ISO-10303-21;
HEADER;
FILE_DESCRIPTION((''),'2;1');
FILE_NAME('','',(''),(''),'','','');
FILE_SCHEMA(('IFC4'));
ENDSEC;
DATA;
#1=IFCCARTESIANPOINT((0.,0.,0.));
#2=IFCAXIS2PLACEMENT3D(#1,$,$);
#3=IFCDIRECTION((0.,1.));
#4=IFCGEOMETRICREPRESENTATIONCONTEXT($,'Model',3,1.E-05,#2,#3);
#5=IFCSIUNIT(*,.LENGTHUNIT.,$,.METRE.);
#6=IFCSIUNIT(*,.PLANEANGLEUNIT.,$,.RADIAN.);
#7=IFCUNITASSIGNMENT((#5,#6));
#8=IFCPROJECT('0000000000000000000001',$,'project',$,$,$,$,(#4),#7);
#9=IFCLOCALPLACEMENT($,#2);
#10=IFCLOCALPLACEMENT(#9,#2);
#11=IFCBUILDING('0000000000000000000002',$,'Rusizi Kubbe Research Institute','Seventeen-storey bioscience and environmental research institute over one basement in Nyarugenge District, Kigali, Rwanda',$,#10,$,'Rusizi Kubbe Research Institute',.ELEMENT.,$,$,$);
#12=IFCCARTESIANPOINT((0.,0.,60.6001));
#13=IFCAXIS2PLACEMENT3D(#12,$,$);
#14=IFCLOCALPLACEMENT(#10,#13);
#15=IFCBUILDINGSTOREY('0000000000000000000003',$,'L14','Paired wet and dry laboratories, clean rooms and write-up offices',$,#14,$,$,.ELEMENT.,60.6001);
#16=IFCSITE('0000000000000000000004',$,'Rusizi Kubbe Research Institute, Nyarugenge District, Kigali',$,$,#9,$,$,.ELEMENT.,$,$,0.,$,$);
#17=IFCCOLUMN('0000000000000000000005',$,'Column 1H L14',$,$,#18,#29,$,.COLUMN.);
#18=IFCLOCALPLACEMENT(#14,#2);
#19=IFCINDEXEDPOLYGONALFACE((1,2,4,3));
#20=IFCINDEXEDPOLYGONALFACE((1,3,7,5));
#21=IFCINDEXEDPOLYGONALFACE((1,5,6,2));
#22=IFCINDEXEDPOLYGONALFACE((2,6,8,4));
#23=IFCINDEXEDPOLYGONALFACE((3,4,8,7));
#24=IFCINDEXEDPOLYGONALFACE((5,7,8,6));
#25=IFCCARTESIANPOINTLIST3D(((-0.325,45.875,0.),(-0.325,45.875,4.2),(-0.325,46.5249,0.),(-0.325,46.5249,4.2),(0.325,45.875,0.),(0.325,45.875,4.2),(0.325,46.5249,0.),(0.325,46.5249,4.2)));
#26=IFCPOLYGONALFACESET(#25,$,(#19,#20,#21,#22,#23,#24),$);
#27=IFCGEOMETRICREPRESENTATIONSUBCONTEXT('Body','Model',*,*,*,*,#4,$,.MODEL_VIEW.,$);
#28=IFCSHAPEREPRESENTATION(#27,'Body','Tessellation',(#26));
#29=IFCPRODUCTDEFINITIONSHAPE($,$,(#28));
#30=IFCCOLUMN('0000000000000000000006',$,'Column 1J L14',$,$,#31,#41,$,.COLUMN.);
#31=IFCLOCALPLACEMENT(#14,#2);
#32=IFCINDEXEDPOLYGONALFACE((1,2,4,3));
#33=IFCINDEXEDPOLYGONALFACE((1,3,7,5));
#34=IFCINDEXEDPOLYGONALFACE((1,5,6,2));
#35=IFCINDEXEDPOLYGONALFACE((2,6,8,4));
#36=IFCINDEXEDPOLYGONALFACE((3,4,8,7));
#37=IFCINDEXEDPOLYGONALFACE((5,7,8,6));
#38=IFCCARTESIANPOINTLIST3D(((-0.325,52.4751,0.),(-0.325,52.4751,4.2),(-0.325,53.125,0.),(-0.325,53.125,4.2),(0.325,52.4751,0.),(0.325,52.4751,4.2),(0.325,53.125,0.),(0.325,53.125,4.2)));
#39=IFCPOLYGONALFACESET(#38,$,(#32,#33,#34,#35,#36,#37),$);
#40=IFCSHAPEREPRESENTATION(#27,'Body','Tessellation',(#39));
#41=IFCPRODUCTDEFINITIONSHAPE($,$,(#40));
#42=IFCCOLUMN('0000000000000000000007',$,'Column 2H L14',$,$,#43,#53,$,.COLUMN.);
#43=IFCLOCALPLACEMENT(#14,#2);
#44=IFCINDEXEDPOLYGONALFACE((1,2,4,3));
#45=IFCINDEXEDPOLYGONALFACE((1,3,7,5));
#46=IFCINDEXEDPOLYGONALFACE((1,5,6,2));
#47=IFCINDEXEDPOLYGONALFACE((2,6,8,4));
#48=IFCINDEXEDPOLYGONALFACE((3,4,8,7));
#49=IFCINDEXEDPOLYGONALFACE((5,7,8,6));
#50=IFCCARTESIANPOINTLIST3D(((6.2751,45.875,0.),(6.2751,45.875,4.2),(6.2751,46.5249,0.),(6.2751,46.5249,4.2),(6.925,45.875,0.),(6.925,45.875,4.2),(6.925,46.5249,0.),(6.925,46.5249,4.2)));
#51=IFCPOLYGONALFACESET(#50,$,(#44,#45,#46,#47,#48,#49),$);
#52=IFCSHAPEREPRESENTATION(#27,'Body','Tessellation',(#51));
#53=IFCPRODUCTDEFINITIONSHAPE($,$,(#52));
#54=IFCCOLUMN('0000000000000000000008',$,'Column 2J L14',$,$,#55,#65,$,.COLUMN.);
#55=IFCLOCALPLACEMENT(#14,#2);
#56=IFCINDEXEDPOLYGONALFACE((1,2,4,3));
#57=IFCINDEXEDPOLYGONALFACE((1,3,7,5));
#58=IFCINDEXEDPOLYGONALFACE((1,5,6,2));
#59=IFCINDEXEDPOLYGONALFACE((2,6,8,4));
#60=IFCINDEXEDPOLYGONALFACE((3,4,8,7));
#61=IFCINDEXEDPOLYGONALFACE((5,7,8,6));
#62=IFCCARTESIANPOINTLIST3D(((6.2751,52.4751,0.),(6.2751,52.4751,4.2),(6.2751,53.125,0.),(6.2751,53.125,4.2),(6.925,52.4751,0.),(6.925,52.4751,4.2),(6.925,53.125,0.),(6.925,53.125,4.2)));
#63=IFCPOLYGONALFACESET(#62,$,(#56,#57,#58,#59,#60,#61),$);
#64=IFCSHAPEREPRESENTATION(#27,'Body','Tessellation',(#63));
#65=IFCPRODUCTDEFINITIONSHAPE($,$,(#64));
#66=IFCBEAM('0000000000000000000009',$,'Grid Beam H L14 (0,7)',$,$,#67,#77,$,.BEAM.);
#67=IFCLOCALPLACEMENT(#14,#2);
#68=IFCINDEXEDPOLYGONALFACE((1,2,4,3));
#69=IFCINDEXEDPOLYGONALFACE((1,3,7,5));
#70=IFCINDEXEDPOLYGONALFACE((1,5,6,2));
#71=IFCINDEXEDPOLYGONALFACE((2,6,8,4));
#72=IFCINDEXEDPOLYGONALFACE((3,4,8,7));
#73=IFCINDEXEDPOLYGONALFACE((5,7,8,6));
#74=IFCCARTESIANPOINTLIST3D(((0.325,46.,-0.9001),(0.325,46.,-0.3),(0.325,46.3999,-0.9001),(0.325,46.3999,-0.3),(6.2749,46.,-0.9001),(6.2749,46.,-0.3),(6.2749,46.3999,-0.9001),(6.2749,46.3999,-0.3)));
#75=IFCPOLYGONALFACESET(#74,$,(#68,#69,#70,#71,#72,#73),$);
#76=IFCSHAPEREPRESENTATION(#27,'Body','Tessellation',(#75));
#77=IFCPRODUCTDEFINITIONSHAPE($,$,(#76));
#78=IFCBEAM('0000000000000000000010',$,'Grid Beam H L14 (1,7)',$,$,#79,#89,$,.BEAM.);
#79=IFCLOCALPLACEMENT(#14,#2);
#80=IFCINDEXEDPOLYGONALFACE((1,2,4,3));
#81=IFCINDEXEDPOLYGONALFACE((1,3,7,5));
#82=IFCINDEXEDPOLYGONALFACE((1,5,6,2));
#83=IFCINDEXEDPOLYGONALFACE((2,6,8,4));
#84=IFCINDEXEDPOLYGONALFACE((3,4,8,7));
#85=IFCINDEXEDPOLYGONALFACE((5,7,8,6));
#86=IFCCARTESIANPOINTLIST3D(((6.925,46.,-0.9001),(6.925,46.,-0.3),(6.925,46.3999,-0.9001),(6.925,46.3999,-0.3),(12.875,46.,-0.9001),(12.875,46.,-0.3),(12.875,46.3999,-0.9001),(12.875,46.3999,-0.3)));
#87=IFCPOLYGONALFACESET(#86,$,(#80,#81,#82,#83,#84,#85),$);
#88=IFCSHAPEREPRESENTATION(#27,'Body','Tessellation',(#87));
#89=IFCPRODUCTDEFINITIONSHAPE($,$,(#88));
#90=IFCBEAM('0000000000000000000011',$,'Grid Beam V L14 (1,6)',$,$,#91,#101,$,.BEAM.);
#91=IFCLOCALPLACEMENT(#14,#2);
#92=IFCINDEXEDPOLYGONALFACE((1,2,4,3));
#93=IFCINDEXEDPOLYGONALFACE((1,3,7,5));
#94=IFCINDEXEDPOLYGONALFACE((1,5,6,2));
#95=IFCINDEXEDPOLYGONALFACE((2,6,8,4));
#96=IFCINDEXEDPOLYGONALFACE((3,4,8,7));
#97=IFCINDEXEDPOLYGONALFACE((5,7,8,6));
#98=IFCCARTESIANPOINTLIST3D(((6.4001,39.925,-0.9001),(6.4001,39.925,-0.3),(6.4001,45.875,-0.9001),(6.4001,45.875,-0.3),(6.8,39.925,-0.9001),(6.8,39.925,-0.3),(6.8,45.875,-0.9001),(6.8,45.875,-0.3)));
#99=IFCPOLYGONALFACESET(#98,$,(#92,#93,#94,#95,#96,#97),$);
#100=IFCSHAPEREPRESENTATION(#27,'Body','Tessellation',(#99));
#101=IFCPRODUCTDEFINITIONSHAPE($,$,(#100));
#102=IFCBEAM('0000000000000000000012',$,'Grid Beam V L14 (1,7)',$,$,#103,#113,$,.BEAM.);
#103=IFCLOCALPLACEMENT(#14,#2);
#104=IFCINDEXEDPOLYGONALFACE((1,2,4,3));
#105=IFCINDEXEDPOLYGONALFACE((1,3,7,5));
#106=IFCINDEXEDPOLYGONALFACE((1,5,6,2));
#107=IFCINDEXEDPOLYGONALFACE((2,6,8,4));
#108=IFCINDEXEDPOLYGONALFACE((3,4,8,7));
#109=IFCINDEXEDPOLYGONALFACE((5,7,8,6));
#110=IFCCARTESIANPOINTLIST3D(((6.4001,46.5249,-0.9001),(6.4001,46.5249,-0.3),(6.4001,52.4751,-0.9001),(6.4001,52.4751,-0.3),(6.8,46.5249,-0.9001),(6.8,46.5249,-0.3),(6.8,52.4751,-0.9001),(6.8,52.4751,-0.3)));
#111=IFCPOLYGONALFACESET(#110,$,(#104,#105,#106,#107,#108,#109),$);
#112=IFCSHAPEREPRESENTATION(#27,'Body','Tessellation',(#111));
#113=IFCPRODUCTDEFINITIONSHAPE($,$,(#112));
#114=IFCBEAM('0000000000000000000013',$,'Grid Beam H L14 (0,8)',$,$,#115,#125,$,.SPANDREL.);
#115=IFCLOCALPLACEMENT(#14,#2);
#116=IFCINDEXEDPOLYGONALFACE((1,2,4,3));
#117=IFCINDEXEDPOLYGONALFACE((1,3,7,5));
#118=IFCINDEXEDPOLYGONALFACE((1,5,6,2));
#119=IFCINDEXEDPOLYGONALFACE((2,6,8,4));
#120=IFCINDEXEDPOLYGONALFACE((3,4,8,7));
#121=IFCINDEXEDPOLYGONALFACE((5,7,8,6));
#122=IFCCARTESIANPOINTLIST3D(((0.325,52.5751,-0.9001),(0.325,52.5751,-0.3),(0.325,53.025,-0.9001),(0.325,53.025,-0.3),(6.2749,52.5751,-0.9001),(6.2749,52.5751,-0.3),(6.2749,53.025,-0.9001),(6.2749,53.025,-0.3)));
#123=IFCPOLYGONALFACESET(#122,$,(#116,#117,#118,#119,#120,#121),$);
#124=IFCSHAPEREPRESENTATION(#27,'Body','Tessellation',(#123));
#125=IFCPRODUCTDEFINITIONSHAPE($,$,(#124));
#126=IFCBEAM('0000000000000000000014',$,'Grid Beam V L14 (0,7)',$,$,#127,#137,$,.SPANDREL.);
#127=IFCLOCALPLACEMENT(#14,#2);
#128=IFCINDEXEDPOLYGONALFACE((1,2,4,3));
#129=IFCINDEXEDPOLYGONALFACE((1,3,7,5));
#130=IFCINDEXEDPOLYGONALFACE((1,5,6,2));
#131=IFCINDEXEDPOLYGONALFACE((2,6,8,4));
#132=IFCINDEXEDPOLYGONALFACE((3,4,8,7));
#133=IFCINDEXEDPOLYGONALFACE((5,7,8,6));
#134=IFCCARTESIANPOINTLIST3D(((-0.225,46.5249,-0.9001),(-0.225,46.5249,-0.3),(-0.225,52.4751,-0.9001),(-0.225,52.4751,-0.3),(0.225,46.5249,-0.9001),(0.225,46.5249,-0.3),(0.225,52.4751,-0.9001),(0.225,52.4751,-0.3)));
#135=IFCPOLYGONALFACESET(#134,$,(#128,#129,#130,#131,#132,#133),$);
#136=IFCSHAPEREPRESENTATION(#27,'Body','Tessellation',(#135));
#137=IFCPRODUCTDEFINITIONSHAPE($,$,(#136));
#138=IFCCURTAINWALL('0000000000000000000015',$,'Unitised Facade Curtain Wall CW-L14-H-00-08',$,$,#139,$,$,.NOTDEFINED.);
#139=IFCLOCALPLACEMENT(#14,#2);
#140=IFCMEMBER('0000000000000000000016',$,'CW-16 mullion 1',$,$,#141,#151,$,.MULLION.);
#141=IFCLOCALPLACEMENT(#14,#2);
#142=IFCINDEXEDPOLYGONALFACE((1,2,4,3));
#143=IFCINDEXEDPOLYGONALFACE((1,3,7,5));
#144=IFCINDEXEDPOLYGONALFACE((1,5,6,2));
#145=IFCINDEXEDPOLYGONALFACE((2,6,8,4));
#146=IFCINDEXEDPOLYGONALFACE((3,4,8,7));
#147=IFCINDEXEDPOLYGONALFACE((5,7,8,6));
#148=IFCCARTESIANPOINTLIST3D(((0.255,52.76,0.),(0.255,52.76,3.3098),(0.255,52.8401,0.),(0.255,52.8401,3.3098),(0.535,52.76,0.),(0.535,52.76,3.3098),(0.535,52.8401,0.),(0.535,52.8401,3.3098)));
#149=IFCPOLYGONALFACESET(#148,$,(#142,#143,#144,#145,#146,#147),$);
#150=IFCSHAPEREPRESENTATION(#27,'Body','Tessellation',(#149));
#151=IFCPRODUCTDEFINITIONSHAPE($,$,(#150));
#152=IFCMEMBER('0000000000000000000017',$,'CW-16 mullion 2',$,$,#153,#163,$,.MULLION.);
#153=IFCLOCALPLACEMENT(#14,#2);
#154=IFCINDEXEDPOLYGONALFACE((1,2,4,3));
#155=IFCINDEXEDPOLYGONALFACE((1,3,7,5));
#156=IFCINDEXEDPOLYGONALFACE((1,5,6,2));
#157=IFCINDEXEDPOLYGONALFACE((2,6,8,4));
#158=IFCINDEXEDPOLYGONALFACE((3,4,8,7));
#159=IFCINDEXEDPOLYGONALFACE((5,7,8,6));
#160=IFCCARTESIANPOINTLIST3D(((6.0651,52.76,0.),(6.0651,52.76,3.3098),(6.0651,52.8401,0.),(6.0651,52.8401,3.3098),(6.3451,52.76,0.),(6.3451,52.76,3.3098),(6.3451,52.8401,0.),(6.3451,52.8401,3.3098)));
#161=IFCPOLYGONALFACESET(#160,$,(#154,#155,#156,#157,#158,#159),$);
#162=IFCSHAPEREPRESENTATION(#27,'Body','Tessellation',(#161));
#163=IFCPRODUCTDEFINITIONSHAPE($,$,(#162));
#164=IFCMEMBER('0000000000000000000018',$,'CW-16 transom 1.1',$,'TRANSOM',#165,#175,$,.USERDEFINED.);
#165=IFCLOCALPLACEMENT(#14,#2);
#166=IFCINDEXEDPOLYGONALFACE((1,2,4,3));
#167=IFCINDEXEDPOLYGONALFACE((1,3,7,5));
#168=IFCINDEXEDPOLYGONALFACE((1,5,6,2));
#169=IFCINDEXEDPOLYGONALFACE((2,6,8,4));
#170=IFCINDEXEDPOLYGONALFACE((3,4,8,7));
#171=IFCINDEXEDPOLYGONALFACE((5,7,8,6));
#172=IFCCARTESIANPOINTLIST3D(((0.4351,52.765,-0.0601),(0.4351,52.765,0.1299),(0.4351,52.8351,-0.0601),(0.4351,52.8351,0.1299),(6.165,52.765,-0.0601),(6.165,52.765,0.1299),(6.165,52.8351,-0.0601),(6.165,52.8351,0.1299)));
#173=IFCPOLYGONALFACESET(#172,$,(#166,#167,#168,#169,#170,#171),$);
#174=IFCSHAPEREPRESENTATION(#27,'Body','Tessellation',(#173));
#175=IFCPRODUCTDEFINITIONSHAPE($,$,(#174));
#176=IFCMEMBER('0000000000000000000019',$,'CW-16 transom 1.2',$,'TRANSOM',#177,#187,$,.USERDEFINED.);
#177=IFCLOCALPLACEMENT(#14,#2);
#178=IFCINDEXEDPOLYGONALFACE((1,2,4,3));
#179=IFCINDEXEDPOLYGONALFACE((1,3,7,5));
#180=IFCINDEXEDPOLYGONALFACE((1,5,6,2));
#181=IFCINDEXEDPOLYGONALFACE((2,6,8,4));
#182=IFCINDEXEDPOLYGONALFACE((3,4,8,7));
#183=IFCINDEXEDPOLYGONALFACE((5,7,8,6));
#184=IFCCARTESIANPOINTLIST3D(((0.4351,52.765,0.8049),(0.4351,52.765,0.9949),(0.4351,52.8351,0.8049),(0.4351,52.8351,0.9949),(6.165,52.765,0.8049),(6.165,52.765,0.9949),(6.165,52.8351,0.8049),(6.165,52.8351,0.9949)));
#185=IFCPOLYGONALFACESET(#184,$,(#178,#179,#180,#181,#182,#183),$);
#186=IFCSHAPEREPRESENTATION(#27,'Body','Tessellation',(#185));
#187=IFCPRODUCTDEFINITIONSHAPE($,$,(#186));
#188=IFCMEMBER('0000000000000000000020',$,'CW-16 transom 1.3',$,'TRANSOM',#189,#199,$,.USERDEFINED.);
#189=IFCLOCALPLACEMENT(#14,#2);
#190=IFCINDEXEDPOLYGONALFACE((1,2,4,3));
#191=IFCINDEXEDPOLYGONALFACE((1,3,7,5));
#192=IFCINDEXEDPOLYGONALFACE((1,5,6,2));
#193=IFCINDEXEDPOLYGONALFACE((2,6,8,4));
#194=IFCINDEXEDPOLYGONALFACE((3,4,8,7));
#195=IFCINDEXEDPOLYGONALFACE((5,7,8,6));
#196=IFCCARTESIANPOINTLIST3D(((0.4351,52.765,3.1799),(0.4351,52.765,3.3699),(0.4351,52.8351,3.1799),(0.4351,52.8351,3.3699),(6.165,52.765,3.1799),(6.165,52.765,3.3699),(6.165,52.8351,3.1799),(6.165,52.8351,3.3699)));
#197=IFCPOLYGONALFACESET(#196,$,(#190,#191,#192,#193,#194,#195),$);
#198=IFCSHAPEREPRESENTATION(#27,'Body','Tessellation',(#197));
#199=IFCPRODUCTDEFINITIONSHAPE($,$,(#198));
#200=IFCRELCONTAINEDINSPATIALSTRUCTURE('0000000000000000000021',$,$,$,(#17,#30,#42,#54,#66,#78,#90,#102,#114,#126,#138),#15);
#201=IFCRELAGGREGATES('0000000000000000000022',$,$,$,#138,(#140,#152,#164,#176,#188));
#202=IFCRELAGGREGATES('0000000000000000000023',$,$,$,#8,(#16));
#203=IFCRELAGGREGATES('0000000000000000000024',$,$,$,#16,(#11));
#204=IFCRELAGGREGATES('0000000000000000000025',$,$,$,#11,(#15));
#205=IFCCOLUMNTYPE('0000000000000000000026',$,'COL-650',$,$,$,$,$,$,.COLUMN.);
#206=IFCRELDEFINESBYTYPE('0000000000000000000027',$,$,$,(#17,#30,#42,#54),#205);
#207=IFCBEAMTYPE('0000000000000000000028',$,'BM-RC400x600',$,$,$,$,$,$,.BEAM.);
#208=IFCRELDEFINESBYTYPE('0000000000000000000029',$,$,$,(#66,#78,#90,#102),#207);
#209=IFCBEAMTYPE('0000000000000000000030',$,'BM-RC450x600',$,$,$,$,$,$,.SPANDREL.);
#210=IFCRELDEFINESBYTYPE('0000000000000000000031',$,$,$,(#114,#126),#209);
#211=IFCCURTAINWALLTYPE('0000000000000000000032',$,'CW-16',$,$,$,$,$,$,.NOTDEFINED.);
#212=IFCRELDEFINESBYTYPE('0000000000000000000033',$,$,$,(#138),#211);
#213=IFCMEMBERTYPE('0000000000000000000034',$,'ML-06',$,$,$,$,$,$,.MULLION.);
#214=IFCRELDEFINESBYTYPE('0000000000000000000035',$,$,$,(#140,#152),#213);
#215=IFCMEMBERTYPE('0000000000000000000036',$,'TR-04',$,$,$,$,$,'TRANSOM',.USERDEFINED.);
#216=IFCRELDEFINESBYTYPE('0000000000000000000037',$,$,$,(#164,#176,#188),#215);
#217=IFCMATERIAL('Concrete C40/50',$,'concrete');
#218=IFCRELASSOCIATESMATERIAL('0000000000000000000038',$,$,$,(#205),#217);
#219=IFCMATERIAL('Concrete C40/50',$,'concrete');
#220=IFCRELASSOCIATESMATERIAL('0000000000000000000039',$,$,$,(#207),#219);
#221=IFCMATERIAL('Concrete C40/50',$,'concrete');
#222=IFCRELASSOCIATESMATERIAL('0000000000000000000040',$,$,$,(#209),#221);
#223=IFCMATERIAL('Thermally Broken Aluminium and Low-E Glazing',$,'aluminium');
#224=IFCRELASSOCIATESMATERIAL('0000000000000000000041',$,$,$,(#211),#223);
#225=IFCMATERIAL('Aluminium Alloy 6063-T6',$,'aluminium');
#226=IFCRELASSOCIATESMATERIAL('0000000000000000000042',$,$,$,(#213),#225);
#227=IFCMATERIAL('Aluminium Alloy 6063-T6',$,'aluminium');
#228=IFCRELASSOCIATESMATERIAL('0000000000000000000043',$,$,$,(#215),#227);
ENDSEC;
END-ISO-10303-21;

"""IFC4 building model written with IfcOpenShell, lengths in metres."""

from ifc_helpers import new_model, si_unit, direction, frame, origin, origin_2d, place, context, subcontext, project, spatial, rectangle, extrude, material, material_profile, profile_set, type_object, element, aggregate, save


model = new_model("IFC4")

# Units and contexts
model_context = context("Model", 3, precision=1e-05, world=origin(), true_north=direction((0.0, 1.0)))
body_context = subcontext(model_context, "Body", "Model", "MODEL_VIEW")
ifc_project = project(units=[si_unit("LENGTHUNIT", "METRE"), si_unit("PLANEANGLEUNIT", "RADIAN")], contexts=[model_context])

# Site, building, storey
site_placement = place(None, origin())
site = spatial("IfcSite", under=ifc_project, at=site_placement, Name="Rusizi Kubbe Research Institute, Nyarugenge District, Kigali", CompositionType="ELEMENT", RefElevation=0.0)
building_placement = place(site_placement, origin())
building = spatial("IfcBuilding", under=site, at=building_placement, Name="Rusizi Kubbe Research Institute", Description="Seventeen-storey bioscience and environmental research institute over one basement in Nyarugenge District, Kigali, Rwanda", LongName="Rusizi Kubbe Research Institute", CompositionType="ELEMENT")
storey_placement = place(building_placement, frame((0.0, 0.0, 60.6001)))
storey = spatial("IfcBuildingStorey", under=building, at=storey_placement, Name="L14", Description="Paired wet and dry laboratories, clean rooms and write-up offices", CompositionType="ELEMENT", Elevation=60.6001)

# Columns
ifc_material_1 = material(Name="Concrete C40/50", Category="concrete")
ifc_material_profile_1 = material_profile(ifc_material_1, rectangle(XDim=0.6499, YDim=0.6499, at=origin_2d()), Name="RC650x650")
ifc_profile_set_1 = profile_set([ifc_material_profile_1], Name="Concrete C40/50")
column_type = type_object("IfcColumnType", Name="COL-650", PredefinedType="COLUMN", material=ifc_profile_set_1)
for number, where, z_axis, x_axis, name in (
    (1, (0.0, 46.2, 0.0), (0.0, 0.0, 1.0), (1.0, 0.0, 0.0), "Column 1H L14"),
    (2, (0.0, 52.8, 0.0), (0.0, 0.0, 1.0), (1.0, 0.0, 0.0), "Column 1J L14"),
    (3, (6.6001, 46.2, 0.0), (0.0, 0.0, 1.0), (1.0, 0.0, 0.0), "Column 2H L14"),
    (4, (6.6001, 52.8, 0.0), (0.0, 0.0, 1.0), (1.0, 0.0, 0.0), "Column 2J L14"),
):
    element("IfcColumn", number, at=place(storey_placement, frame(where, z_axis=z_axis, x_axis=x_axis)), inside=storey, type_object=column_type, Name=name, PredefinedType="COLUMN", context=body_context, shape_type="SweptSolid", body=[
        extrude(rectangle(XDim=0.6499, YDim=0.6499, at=origin_2d()), origin(), (0.0, 0.0, 1.0), 4.2),
    ])

# Beams
ifc_material_2 = material(Name="Concrete C40/50", Category="concrete")
ifc_material_profile_2 = material_profile(ifc_material_2, rectangle(XDim=0.3999, YDim=0.6001, at=origin_2d()), Name="RC400x600")
ifc_profile_set_2 = profile_set([ifc_material_profile_2], Name="Concrete C40/50")
beam_type_1 = type_object("IfcBeamType", Name="BM-RC400x600", PredefinedType="BEAM", material=ifc_profile_set_2)
for number, where, z_axis, x_axis, name in (
    (5, (0.325, 46.2, -0.6001), (1.0, 0.0, 0.0), (0.0, 1.0, 0.0), "Grid Beam H L14 (0,7)"),
    (6, (6.925, 46.2, -0.6001), (1.0, 0.0, 0.0), (0.0, 1.0, 0.0), "Grid Beam H L14 (1,7)"),
    (7, (6.6001, 39.925, -0.6001), (0.0, 1.0, 0.0), (-1.0, 0.0, 0.0), "Grid Beam V L14 (1,6)"),
):
    element("IfcBeam", number, at=place(storey_placement, frame(where, z_axis=z_axis, x_axis=x_axis)), inside=storey, type_object=beam_type_1, Name=name, PredefinedType="BEAM", context=body_context, shape_type="SweptSolid", body=[
        extrude(rectangle(XDim=0.3999, YDim=0.6001, at=origin_2d()), origin(), (0.0, 0.0, 1.0), 5.95),
    ])
beam_1_placement = place(storey_placement, frame((6.6001, 46.5249, -0.6001), z_axis=(0.0, 1.0, 0.0), x_axis=(-1.0, 0.0, 0.0)))
element("IfcBeam", 8, at=beam_1_placement, inside=storey, type_object=beam_type_1, Name="Grid Beam V L14 (1,7)", PredefinedType="BEAM", context=body_context, shape_type="SweptSolid", body=[
    extrude(rectangle(XDim=0.3999, YDim=0.6001, at=origin_2d()), origin(), (0.0, 0.0, 1.0), 5.9502),
])
ifc_material_3 = material(Name="Concrete C40/50", Category="concrete")
ifc_material_profile_3 = material_profile(ifc_material_3, rectangle(XDim=0.45, YDim=0.6001, at=origin_2d()), Name="RC450x600")
ifc_profile_set_3 = profile_set([ifc_material_profile_3], Name="Concrete C40/50")
beam_type_2 = type_object("IfcBeamType", Name="BM-RC450x600", PredefinedType="SPANDREL", material=ifc_profile_set_3)
beam_2_placement = place(storey_placement, frame((0.325, 52.8, -0.6001), z_axis=(1.0, 0.0, 0.0), x_axis=(0.0, 1.0, 0.0)))
element("IfcBeam", 9, at=beam_2_placement, inside=storey, type_object=beam_type_2, Name="Grid Beam H L14 (0,8)", PredefinedType="SPANDREL", context=body_context, shape_type="SweptSolid", body=[
    extrude(rectangle(XDim=0.45, YDim=0.6001, at=origin_2d()), origin(), (0.0, 0.0, 1.0), 5.95),
])
beam_3_placement = place(storey_placement, frame((0.0, 46.5249, -0.6001), z_axis=(0.0, 1.0, 0.0), x_axis=(-1.0, 0.0, 0.0)))
element("IfcBeam", 10, at=beam_3_placement, inside=storey, type_object=beam_type_2, Name="Grid Beam V L14 (0,7)", PredefinedType="SPANDREL", context=body_context, shape_type="SweptSolid", body=[
    extrude(rectangle(XDim=0.45, YDim=0.6001, at=origin_2d()), origin(), (0.0, 0.0, 1.0), 5.9502),
])

# Curtain wall, members
ifc_material_4 = material(Name="Thermally Broken Aluminium and Low-E Glazing", Category="aluminium")
curtain_wall_type = type_object("IfcCurtainWallType", Name="CW-16", PredefinedType="NOTDEFINED", material=ifc_material_4)
curtain_wall_placement = place(storey_placement, origin())
curtain_wall = element("IfcCurtainWall", 11, at=curtain_wall_placement, inside=storey, type_object=curtain_wall_type, Name="Unitised Facade Curtain Wall CW-L14-H-00-08", PredefinedType="NOTDEFINED")
ifc_material_5 = material(Name="Aluminium Alloy 6063-T6", Category="aluminium")
ifc_material_profile_4 = material_profile(ifc_material_5, rectangle(XDim=0.0801, YDim=0.28, at=origin_2d()), Name="ALU-M 80x280")
ifc_profile_set_4 = profile_set([ifc_material_profile_4], Name="Aluminium Alloy 6063-T6")
member_type_1 = type_object("IfcMemberType", Name="ML-06", PredefinedType="MULLION", material=ifc_profile_set_4)
member_1_placement = place(storey_placement, frame((0.395, 52.8, 0.0), z_axis=(0.0, 0.0, 1.0), x_axis=(0.0, 1.0, 0.0)))
member_1 = element("IfcMember", 12, at=member_1_placement, type_object=member_type_1, Name="CW-16 mullion 1", PredefinedType="MULLION", context=body_context, shape_type="SweptSolid", body=[
    extrude(rectangle(XDim=0.0801, YDim=0.28, at=origin_2d()), origin(), (0.0, 0.0, 1.0), 3.3098),
])
member_2_placement = place(storey_placement, frame((6.2051, 52.8, 0.0), z_axis=(0.0, 0.0, 1.0), x_axis=(0.0, 1.0, 0.0)))
member_2 = element("IfcMember", 13, at=member_2_placement, type_object=member_type_1, Name="CW-16 mullion 2", PredefinedType="MULLION", context=body_context, shape_type="SweptSolid", body=[
    extrude(rectangle(XDim=0.0801, YDim=0.28, at=origin_2d()), origin(), (0.0, 0.0, 1.0), 3.3098),
])
ifc_material_6 = material(Name="Aluminium Alloy 6063-T6", Category="aluminium")
ifc_material_profile_5 = material_profile(ifc_material_6, rectangle(XDim=0.0701, YDim=0.1899, at=origin_2d()), Name="ALU-T 70x190")
ifc_profile_set_5 = profile_set([ifc_material_profile_5], Name="Aluminium Alloy 6063-T6")
member_type_2 = type_object("IfcMemberType", Name="TR-04", ElementType="TRANSOM", PredefinedType="USERDEFINED", material=ifc_profile_set_5)
member_3_placement = place(storey_placement, frame((0.4351, 52.8, 0.0349), z_axis=(1.0, 0.0, 0.0), x_axis=(0.0, 1.0, 0.0)))
member_3 = element("IfcMember", 14, at=member_3_placement, type_object=member_type_2, Name="CW-16 transom 1.1", ObjectType="TRANSOM", PredefinedType="USERDEFINED", context=body_context, shape_type="SweptSolid", body=[
    extrude(rectangle(XDim=0.0701, YDim=0.1899, at=origin_2d()), origin(), (0.0, 0.0, 1.0), 5.73),
])
member_4_placement = place(storey_placement, frame((0.4351, 52.8, 0.8999), z_axis=(1.0, 0.0, 0.0), x_axis=(0.0, 1.0, 0.0)))
member_4 = element("IfcMember", 15, at=member_4_placement, type_object=member_type_2, Name="CW-16 transom 1.2", ObjectType="TRANSOM", PredefinedType="USERDEFINED", context=body_context, shape_type="SweptSolid", body=[
    extrude(rectangle(XDim=0.0701, YDim=0.1899, at=origin_2d()), origin(), (0.0, 0.0, 1.0), 5.73),
])
member_5_placement = place(storey_placement, frame((0.4351, 52.8, 3.2749), z_axis=(1.0, 0.0, 0.0), x_axis=(0.0, 1.0, 0.0)))
member_5 = element("IfcMember", 16, at=member_5_placement, type_object=member_type_2, Name="CW-16 transom 1.3", ObjectType="TRANSOM", PredefinedType="USERDEFINED", context=body_context, shape_type="SweptSolid", body=[
    extrude(rectangle(XDim=0.0701, YDim=0.1899, at=origin_2d()), origin(), (0.0, 0.0, 1.0), 5.73),
])
aggregate(curtain_wall, [member_1, member_2, member_3, member_4, member_5])

save(model, "model.ifc")
